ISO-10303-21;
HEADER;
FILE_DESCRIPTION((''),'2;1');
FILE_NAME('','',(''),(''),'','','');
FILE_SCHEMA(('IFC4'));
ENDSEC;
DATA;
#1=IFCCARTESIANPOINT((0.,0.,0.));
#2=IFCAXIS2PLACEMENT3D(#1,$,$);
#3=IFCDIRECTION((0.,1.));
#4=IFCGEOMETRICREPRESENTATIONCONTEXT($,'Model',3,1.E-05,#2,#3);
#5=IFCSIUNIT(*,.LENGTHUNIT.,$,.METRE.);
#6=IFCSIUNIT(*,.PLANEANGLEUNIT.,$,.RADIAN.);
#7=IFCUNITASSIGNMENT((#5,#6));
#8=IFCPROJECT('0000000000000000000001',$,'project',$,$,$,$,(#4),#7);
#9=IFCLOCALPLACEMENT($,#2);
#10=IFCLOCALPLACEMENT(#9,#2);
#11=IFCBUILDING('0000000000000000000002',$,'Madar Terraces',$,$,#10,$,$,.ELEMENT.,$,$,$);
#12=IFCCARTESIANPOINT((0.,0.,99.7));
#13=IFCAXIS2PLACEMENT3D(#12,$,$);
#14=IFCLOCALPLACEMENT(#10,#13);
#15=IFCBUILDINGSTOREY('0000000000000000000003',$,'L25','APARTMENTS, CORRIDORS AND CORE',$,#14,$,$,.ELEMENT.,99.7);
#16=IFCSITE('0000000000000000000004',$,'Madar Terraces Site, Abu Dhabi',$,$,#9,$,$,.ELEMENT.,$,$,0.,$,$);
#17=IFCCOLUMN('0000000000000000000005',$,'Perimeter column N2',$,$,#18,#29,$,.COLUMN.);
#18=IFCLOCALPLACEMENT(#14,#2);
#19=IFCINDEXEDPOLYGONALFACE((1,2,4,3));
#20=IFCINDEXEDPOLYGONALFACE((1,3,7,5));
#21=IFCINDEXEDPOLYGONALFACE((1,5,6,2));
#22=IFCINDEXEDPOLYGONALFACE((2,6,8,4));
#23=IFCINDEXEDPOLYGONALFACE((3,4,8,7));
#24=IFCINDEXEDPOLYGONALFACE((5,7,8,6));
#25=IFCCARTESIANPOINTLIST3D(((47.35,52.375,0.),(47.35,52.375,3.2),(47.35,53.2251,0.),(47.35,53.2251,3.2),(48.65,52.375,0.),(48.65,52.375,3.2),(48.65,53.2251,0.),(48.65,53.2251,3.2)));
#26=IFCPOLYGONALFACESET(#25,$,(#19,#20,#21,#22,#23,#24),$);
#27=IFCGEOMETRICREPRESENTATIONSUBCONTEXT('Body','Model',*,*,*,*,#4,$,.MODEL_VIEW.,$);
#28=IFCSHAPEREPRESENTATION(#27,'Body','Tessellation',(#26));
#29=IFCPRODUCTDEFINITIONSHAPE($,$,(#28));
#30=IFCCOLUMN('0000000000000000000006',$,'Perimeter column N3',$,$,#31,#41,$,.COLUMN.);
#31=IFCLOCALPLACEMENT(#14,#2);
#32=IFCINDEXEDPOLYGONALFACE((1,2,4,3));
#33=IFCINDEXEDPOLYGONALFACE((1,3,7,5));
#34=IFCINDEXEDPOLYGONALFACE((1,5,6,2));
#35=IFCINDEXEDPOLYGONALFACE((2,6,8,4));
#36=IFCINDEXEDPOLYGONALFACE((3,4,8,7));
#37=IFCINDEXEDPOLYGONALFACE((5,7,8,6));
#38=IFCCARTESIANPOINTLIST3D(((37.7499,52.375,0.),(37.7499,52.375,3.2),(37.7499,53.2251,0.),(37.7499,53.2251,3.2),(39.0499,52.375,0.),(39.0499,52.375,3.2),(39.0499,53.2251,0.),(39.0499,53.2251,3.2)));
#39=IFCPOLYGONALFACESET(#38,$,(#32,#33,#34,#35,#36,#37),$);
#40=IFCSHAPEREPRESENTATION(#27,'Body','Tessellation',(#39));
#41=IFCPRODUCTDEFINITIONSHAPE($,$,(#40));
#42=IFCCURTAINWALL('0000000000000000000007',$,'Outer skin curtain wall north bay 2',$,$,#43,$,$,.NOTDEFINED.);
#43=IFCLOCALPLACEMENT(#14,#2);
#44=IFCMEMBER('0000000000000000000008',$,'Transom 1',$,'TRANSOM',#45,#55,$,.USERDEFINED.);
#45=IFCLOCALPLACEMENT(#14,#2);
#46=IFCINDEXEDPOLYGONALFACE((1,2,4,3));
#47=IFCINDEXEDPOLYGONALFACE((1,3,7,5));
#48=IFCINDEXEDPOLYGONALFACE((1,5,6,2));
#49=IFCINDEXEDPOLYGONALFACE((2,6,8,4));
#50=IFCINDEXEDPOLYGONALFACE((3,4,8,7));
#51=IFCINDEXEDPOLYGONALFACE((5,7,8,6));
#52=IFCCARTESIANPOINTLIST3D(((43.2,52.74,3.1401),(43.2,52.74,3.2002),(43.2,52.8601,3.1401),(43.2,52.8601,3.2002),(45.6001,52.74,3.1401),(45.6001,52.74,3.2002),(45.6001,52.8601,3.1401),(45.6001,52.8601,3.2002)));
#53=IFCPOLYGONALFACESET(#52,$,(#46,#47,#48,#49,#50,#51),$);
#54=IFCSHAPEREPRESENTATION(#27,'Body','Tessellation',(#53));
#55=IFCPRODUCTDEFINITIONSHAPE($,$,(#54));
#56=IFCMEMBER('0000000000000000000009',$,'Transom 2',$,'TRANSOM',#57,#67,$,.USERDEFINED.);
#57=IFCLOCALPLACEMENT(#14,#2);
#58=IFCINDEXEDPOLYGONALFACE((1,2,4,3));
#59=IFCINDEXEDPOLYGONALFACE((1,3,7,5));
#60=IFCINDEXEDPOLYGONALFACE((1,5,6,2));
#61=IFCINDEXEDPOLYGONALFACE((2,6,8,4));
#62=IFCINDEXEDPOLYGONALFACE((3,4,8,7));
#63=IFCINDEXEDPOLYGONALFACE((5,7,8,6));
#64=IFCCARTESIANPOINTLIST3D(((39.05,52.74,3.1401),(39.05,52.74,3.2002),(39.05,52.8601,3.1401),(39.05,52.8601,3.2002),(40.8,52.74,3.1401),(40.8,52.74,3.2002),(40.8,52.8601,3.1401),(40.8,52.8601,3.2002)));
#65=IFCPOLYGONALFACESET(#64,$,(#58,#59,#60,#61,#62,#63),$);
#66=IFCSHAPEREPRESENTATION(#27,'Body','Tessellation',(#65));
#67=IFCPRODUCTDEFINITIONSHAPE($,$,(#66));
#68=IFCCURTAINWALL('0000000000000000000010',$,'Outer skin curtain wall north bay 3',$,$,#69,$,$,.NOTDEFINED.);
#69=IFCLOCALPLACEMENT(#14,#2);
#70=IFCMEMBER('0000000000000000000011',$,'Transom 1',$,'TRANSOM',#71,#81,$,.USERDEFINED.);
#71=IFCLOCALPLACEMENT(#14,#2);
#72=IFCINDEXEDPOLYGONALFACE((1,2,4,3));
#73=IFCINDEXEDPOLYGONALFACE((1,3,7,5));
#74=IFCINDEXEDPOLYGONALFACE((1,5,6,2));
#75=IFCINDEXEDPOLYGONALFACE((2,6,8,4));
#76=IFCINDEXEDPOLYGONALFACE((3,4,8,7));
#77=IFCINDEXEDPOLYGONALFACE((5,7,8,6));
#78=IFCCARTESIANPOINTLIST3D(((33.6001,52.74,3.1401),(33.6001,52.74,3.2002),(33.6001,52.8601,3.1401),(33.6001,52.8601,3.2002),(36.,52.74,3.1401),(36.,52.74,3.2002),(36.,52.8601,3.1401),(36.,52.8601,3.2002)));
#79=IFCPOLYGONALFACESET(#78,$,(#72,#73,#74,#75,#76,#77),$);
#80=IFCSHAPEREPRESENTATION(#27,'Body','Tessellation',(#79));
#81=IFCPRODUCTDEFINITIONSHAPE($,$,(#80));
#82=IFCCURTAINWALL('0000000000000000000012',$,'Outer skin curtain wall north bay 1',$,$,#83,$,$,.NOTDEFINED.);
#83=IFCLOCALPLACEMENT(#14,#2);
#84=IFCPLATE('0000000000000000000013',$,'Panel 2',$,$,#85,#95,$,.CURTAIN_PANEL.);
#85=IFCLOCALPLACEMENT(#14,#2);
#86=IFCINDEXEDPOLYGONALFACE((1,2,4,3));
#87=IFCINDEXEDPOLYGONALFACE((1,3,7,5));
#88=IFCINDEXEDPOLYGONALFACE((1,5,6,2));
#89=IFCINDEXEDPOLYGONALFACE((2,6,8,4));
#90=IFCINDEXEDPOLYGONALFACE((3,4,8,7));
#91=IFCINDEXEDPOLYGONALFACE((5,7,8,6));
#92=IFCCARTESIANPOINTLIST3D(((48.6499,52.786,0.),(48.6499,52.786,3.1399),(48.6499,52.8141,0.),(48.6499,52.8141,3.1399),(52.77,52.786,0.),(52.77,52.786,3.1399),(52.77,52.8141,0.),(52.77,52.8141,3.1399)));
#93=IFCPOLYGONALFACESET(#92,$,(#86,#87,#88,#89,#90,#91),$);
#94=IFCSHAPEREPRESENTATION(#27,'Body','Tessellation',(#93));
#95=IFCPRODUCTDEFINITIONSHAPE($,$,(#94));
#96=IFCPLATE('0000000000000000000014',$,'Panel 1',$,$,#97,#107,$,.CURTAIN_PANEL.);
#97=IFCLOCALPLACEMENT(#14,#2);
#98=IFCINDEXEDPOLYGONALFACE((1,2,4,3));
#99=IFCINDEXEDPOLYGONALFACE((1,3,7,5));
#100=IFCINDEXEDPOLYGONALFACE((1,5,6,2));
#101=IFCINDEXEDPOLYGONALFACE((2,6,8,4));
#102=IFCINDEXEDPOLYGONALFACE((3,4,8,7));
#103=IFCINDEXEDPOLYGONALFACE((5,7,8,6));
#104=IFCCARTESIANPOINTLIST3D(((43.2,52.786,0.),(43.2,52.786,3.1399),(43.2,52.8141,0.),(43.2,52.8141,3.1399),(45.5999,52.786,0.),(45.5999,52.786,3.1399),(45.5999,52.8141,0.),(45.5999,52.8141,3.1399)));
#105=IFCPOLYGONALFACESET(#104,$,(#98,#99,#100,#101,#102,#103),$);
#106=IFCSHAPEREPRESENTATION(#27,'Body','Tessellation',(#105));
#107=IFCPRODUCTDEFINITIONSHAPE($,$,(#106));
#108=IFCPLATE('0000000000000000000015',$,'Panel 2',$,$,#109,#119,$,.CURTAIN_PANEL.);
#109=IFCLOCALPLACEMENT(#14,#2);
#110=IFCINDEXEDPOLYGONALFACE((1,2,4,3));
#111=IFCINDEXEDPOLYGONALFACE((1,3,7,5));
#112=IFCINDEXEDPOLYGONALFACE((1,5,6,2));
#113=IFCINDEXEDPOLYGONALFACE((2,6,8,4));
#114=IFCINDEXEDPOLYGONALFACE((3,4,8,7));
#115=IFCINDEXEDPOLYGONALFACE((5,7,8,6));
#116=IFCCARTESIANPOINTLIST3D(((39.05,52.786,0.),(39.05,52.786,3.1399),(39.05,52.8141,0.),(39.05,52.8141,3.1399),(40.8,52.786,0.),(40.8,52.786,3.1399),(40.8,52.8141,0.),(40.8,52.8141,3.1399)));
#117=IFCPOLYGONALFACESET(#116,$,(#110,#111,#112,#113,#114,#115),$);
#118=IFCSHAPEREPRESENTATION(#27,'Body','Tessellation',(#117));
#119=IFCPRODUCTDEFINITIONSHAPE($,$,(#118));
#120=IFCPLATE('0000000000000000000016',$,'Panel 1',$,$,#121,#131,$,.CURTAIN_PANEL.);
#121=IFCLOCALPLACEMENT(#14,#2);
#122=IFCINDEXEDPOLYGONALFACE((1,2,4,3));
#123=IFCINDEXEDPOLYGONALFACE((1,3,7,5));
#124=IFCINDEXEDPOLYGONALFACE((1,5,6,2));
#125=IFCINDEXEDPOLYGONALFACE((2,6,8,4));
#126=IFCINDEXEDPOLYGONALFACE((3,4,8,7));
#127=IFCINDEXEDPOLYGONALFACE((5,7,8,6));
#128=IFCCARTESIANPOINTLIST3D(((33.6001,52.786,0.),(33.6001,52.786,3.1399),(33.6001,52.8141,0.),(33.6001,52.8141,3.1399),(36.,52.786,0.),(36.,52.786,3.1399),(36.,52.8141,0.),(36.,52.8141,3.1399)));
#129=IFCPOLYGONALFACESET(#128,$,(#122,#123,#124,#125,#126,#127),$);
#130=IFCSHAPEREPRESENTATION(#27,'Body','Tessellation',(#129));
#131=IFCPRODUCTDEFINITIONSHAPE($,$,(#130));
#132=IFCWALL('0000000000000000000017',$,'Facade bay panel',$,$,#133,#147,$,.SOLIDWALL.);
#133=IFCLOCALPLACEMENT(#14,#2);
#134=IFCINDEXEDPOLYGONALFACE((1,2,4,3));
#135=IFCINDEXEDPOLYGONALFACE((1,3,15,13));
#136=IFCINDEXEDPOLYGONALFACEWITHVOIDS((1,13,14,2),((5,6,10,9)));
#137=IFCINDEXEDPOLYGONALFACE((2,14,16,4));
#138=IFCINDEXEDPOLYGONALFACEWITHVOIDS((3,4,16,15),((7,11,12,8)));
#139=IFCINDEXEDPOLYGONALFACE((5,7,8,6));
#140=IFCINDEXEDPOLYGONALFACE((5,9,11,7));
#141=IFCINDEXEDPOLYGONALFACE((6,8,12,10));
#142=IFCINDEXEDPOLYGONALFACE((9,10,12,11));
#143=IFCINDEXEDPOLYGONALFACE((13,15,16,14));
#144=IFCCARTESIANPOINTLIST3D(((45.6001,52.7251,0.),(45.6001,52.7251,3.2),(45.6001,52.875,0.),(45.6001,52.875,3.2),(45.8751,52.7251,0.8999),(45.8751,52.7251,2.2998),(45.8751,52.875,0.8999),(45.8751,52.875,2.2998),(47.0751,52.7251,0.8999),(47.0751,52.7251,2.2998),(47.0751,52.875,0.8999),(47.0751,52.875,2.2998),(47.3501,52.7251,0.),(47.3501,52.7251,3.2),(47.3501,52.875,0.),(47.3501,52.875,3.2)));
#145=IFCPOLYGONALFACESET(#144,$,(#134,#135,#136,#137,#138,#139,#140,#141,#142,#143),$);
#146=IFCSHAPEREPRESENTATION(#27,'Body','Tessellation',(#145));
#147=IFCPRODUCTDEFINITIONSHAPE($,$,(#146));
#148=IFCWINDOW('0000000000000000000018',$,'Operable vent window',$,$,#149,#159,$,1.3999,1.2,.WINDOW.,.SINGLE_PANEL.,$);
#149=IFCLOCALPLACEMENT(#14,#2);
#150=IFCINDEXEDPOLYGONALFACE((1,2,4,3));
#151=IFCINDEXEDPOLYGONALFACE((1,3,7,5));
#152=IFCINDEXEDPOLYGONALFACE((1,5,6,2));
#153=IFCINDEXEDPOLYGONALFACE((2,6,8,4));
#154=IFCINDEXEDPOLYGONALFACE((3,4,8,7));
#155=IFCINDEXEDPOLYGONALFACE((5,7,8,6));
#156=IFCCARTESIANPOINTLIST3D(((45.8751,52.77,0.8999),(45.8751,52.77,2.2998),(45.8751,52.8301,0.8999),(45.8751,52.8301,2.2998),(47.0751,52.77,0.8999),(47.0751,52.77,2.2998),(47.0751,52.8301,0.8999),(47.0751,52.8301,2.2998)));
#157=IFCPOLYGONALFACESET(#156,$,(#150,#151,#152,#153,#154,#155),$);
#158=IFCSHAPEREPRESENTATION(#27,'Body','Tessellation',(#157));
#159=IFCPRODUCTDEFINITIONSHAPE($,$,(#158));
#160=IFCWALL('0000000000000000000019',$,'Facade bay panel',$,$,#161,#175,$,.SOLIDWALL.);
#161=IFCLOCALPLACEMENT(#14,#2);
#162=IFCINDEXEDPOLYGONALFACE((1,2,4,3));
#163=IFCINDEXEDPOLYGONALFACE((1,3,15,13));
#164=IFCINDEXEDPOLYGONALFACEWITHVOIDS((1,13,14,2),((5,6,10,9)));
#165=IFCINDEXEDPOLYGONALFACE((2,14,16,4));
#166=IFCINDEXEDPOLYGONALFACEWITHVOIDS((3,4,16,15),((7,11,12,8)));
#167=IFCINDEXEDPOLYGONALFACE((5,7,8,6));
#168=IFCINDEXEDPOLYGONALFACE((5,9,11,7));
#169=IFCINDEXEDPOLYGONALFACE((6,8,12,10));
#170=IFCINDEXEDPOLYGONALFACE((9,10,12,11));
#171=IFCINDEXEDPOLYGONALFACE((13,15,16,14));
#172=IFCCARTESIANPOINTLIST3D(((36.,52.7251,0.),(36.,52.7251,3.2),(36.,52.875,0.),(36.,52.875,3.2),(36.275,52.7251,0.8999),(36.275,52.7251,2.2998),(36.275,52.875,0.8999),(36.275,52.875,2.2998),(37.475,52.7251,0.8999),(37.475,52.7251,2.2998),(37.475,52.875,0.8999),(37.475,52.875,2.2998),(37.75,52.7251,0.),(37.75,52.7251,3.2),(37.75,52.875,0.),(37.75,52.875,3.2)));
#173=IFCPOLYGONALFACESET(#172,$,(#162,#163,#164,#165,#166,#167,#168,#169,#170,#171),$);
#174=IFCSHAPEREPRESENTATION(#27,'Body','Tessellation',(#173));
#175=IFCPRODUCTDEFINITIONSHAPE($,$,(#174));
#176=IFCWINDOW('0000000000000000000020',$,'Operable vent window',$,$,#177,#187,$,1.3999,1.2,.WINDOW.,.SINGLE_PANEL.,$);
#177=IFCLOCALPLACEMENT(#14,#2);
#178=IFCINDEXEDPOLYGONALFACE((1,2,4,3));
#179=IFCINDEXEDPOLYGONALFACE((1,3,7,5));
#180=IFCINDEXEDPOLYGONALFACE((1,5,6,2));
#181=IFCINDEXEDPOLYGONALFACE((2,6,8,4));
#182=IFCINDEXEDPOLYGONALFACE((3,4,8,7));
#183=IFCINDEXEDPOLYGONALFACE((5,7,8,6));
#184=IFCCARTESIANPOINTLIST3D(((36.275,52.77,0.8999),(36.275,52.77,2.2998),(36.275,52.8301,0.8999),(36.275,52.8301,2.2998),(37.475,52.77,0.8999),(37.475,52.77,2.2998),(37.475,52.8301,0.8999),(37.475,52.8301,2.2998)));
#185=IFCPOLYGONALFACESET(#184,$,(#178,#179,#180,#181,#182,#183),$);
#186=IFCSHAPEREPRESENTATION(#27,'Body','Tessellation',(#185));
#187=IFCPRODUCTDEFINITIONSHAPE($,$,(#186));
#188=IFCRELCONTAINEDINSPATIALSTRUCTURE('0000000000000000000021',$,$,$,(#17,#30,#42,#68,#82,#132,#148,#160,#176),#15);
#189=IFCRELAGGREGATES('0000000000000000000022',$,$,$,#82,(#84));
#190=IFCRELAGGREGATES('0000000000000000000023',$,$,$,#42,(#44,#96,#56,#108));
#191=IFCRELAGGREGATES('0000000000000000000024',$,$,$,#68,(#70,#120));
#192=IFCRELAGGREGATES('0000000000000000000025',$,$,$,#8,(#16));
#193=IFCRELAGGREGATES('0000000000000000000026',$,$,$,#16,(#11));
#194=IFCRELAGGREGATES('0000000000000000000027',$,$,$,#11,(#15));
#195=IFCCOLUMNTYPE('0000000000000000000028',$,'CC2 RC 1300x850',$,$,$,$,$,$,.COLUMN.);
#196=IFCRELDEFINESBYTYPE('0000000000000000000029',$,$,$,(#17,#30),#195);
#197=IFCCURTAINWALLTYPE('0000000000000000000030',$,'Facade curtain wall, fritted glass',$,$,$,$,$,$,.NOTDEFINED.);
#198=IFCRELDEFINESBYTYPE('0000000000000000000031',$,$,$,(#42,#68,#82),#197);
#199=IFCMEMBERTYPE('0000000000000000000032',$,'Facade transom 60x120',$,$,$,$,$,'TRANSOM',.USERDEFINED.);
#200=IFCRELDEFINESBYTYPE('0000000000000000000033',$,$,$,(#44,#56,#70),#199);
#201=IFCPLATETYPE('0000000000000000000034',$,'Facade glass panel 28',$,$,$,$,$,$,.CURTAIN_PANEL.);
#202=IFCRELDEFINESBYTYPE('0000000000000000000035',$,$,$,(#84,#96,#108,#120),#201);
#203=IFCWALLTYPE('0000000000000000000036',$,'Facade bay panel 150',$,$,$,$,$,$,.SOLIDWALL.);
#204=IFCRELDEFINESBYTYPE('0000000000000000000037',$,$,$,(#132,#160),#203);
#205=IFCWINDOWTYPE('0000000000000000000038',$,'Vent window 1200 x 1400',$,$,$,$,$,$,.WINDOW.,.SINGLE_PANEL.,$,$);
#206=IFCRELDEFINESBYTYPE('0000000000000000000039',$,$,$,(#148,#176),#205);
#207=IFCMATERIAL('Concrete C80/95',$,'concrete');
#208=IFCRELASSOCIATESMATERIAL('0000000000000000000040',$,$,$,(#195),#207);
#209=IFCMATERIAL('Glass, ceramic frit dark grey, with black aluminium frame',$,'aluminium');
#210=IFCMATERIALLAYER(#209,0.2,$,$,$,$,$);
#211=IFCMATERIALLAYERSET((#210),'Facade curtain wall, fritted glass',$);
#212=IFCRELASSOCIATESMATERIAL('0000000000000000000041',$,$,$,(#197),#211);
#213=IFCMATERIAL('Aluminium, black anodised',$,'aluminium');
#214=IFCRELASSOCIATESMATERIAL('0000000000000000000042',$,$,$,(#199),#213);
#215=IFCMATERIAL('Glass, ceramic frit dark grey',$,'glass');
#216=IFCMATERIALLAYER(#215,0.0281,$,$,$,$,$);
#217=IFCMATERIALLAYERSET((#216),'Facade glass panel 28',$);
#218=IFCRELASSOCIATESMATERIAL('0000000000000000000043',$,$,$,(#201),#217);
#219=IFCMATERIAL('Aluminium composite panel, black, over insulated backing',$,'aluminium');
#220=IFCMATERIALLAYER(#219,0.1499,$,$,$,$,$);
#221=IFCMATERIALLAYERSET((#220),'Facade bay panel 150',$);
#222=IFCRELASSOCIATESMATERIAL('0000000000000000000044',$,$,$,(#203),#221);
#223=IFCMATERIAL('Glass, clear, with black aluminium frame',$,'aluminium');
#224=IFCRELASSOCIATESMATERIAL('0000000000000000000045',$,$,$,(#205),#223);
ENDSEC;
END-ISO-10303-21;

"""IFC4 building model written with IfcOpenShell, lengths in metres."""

from ifc_helpers import new_model, si_unit, direction, frame, frame_2d, origin, origin_2d, place, context, subcontext, project, spatial, rectangle, extrude, material, layer, layer_set, material_profile, profile_set, type_object, element, fill, aggregate, save


model = new_model("IFC4")

# Units and contexts
model_context = context("Model", 3, precision=1e-05, world=origin(), true_north=direction((0.0, 1.0)))
body_context = subcontext(model_context, "Body", "Model", "MODEL_VIEW")
ifc_project = project(units=[si_unit("LENGTHUNIT", "METRE"), si_unit("PLANEANGLEUNIT", "RADIAN")], contexts=[model_context])

# Site, building, storey
site_placement = place(None, origin())
site = spatial("IfcSite", under=ifc_project, at=site_placement, Name="Madar Terraces Site, Abu Dhabi", CompositionType="ELEMENT", RefElevation=0.0)
building_placement = place(site_placement, origin())
building = spatial("IfcBuilding", under=site, at=building_placement, Name="Madar Terraces", CompositionType="ELEMENT")
storey_placement = place(building_placement, frame((0.0, 0.0, 99.7)))
storey = spatial("IfcBuildingStorey", under=building, at=storey_placement, Name="L25", Description="APARTMENTS, CORRIDORS AND CORE", CompositionType="ELEMENT", Elevation=99.7)

# Columns
ifc_material_1 = material(Name="Concrete C80/95", Category="concrete")
ifc_material_profile_1 = material_profile(ifc_material_1, rectangle(XDim=1.3, YDim=0.8501, at=origin_2d()), Name="CC2 RC 1300x850")
ifc_profile_set_1 = profile_set([ifc_material_profile_1], Name="Concrete C80/95")
column_type = type_object("IfcColumnType", Name="CC2 RC 1300x850", PredefinedType="COLUMN", material=ifc_profile_set_1)
for number, where, z_axis, x_axis, name in (
    (1, (48.0, 52.8, 0.0), (0.0, 0.0, 1.0), (1.0, 0.0, 0.0), "Perimeter column N2"),
    (2, (38.3999, 52.8, 0.0), (0.0, 0.0, 1.0), (1.0, 0.0, 0.0), "Perimeter column N3"),
):
    element("IfcColumn", number, at=place(storey_placement, frame(where, z_axis=z_axis, x_axis=x_axis)), inside=storey, type_object=column_type, Name=name, PredefinedType="COLUMN", context=body_context, shape_type="SweptSolid", body=[
        extrude(rectangle(XDim=1.3, YDim=0.8501, at=origin_2d()), origin(), (0.0, 0.0, 1.0), 3.2),
    ])

# Curtain wall, members
ifc_material_2 = material(Name="Glass, ceramic frit dark grey, with black aluminium frame", Category="aluminium")
ifc_layer_1 = layer(ifc_material_2, 0.2)
ifc_layer_set_1 = layer_set([ifc_layer_1], Name="Facade curtain wall, fritted glass")
curtain_wall_type = type_object("IfcCurtainWallType", Name="Facade curtain wall, fritted glass", PredefinedType="NOTDEFINED", material=ifc_layer_set_1)
curtain_wall_1_placement = place(storey_placement, origin())
curtain_wall_1 = element("IfcCurtainWall", 3, at=curtain_wall_1_placement, inside=storey, type_object=curtain_wall_type, Name="Outer skin curtain wall north bay 2", PredefinedType="NOTDEFINED")
ifc_material_3 = material(Name="Aluminium, black anodised", Category="aluminium")
ifc_material_profile_2 = material_profile(ifc_material_3, rectangle(XDim=0.1201, YDim=0.0601, at=origin_2d()), Name="Facade transom 60x120")
ifc_profile_set_2 = profile_set([ifc_material_profile_2], Name="Aluminium, black anodised")
member_type = type_object("IfcMemberType", Name="Facade transom 60x120", ElementType="TRANSOM", PredefinedType="USERDEFINED", material=ifc_profile_set_2)
member_1_placement = place(storey_placement, frame((45.6001, 52.8, 3.1702), z_axis=(-1.0, 0.0, 0.0), x_axis=(0.0, -1.0, 0.0)))
member_1 = element("IfcMember", 4, at=member_1_placement, type_object=member_type, Name="Transom 1", ObjectType="TRANSOM", PredefinedType="USERDEFINED", context=body_context, shape_type="SweptSolid", body=[
    extrude(rectangle(XDim=0.1201, YDim=0.0601, at=origin_2d()), origin(), (0.0, 0.0, 1.0), 2.4001),
])
member_2_placement = place(storey_placement, frame((40.8, 52.8, 3.1702), z_axis=(-1.0, 0.0, 0.0), x_axis=(0.0, -1.0, 0.0)))
member_2 = element("IfcMember", 5, at=member_2_placement, type_object=member_type, Name="Transom 2", ObjectType="TRANSOM", PredefinedType="USERDEFINED", context=body_context, shape_type="SweptSolid", body=[
    extrude(rectangle(XDim=0.1201, YDim=0.0601, at=origin_2d()), origin(), (0.0, 0.0, 1.0), 1.75),
])

# Curtain wall, member
curtain_wall_2_placement = place(storey_placement, origin())
curtain_wall_2 = element("IfcCurtainWall", 6, at=curtain_wall_2_placement, inside=storey, type_object=curtain_wall_type, Name="Outer skin curtain wall north bay 3", PredefinedType="NOTDEFINED")
member_3_placement = place(storey_placement, frame((36.0, 52.8, 3.1702), z_axis=(-1.0, 0.0, 0.0), x_axis=(0.0, -1.0, 0.0)))
member_3 = element("IfcMember", 7, at=member_3_placement, type_object=member_type, Name="Transom 1", ObjectType="TRANSOM", PredefinedType="USERDEFINED", context=body_context, shape_type="SweptSolid", body=[
    extrude(rectangle(XDim=0.1201, YDim=0.0601, at=origin_2d()), origin(), (0.0, 0.0, 1.0), 2.3999),
])

# Curtain wall, plate
curtain_wall_3_placement = place(storey_placement, origin())
curtain_wall_3 = element("IfcCurtainWall", 8, at=curtain_wall_3_placement, inside=storey, type_object=curtain_wall_type, Name="Outer skin curtain wall north bay 1", PredefinedType="NOTDEFINED")
ifc_material_4 = material(Name="Glass, ceramic frit dark grey", Category="glass")
ifc_layer_2 = layer(ifc_material_4, 0.0281)
ifc_layer_set_2 = layer_set([ifc_layer_2], Name="Facade glass panel 28")
plate_type = type_object("IfcPlateType", Name="Facade glass panel 28", PredefinedType="CURTAIN_PANEL", material=ifc_layer_set_2)
plate_1_placement = place(storey_placement, frame((50.71, 52.8, 0.0), z_axis=(0.0, 0.0, 1.0), x_axis=(-1.0, 0.0, 0.0)))
plate_1 = element("IfcPlate", 9, at=plate_1_placement, type_object=plate_type, Name="Panel 2", PredefinedType="CURTAIN_PANEL", context=body_context, shape_type="SweptSolid", body=[
    extrude(rectangle(XDim=4.1201, YDim=0.0281, at=origin_2d()), origin(), (0.0, 0.0, 1.0), 3.1399),
])
aggregate(curtain_wall_3, [plate_1])

# Plates
plate_2_placement = place(storey_placement, frame((44.3999, 52.8, 0.0), z_axis=(0.0, 0.0, 1.0), x_axis=(-1.0, 0.0, 0.0)))
plate_2 = element("IfcPlate", 10, at=plate_2_placement, type_object=plate_type, Name="Panel 1", PredefinedType="CURTAIN_PANEL", context=body_context, shape_type="SweptSolid", body=[
    extrude(rectangle(XDim=2.3999, YDim=0.0281, at=origin_2d()), origin(), (0.0, 0.0, 1.0), 3.1399),
])
plate_3_placement = place(storey_placement, frame((39.925, 52.8, 0.0), z_axis=(0.0, 0.0, 1.0), x_axis=(-1.0, 0.0, 0.0)))
plate_3 = element("IfcPlate", 11, at=plate_3_placement, type_object=plate_type, Name="Panel 2", PredefinedType="CURTAIN_PANEL", context=body_context, shape_type="SweptSolid", body=[
    extrude(rectangle(XDim=1.75, YDim=0.0281, at=origin_2d()), origin(), (0.0, 0.0, 1.0), 3.1399),
])
aggregate(curtain_wall_1, [member_1, plate_2, member_2, plate_3])
plate_4_placement = place(storey_placement, frame((34.8, 52.8, 0.0), z_axis=(0.0, 0.0, 1.0), x_axis=(-1.0, 0.0, 0.0)))
plate_4 = element("IfcPlate", 12, at=plate_4_placement, type_object=plate_type, Name="Panel 1", PredefinedType="CURTAIN_PANEL", context=body_context, shape_type="SweptSolid", body=[
    extrude(rectangle(XDim=2.3999, YDim=0.0281, at=origin_2d()), origin(), (0.0, 0.0, 1.0), 3.1399),
])
aggregate(curtain_wall_2, [member_3, plate_4])

# Wall, opening, window
ifc_material_5 = material(Name="Aluminium composite panel, black, over insulated backing", Category="aluminium")
ifc_layer_3 = layer(ifc_material_5, 0.1499)
ifc_layer_set_3 = layer_set([ifc_layer_3], Name="Facade bay panel 150")
wall_type_1 = type_object("IfcWallType", Name="Facade bay panel 150", PredefinedType="SOLIDWALL", material=ifc_layer_set_3)
wall_1_placement = place(storey_placement, frame((47.3501, 52.8, 0.0), z_axis=(0.0, 0.0, 1.0), x_axis=(-1.0, 0.0, 0.0)))
wall_1 = element("IfcWall", 13, at=wall_1_placement, inside=storey, type_object=wall_type_1, Name="Facade bay panel", PredefinedType="SOLIDWALL", context=body_context, shape_type="SweptSolid", body=[
    extrude(rectangle(XDim=1.75, YDim=0.1499, at=frame_2d((0.875, 0.0))), origin(), (0.0, 0.0, 1.0), 3.2),
])
opening_1_placement = place(wall_1_placement, frame((0.2749, 0.0, 0.8999)))
opening_1 = element("IfcOpeningElement", 14, at=opening_1_placement, cuts=wall_1, PredefinedType="OPENING", context=body_context, shape_type="SweptSolid", body=[
    extrude(rectangle(XDim=1.2, YDim=1.3999, at=frame_2d((0.6001, 0.7))), frame((0.0, 0.085, 0.0), z_axis=(0.0, -1.0, 0.0), x_axis=(1.0, 0.0, 0.0)), (0.0, 0.0, 1.0), 0.1699),
])
ifc_material_6 = material(Name="Glass, clear, with black aluminium frame", Category="aluminium")
window_type = type_object("IfcWindowType", Name="Vent window 1200 x 1400", PartitioningType="SINGLE_PANEL", PredefinedType="WINDOW", material=ifc_material_6)
window_1_placement = place(opening_1_placement, origin())
window_1 = element("IfcWindow", 15, at=window_1_placement, inside=storey, type_object=window_type, Name="Operable vent window", OverallHeight=1.3999, OverallWidth=1.2, PartitioningType="SINGLE_PANEL", PredefinedType="WINDOW", context=body_context, shape_type="SweptSolid", body=[
    extrude(rectangle(XDim=1.2, YDim=1.3999, at=frame_2d((0.6001, 0.7))), frame((0.0, 0.03, 0.0), z_axis=(0.0, -1.0, 0.0), x_axis=(1.0, 0.0, 0.0)), (0.0, 0.0, 1.0), 0.0601),
])
fill(opening_1, window_1)

# Wall, opening, window
wall_2_placement = place(storey_placement, frame((37.75, 52.8, 0.0), z_axis=(0.0, 0.0, 1.0), x_axis=(-1.0, 0.0, 0.0)))
wall_2 = element("IfcWall", 16, at=wall_2_placement, inside=storey, type_object=wall_type_1, Name="Facade bay panel", PredefinedType="SOLIDWALL", context=body_context, shape_type="SweptSolid", body=[
    extrude(rectangle(XDim=1.75, YDim=0.1499, at=frame_2d((0.875, 0.0))), origin(), (0.0, 0.0, 1.0), 3.2),
])
opening_2_placement = place(wall_2_placement, frame((0.2749, 0.0, 0.8999)))
opening_2 = element("IfcOpeningElement", 17, at=opening_2_placement, cuts=wall_2, PredefinedType="OPENING", context=body_context, shape_type="SweptSolid", body=[
    extrude(rectangle(XDim=1.2, YDim=1.3999, at=frame_2d((0.6001, 0.7))), frame((0.0, 0.085, 0.0), z_axis=(0.0, -1.0, 0.0), x_axis=(1.0, 0.0, 0.0)), (0.0, 0.0, 1.0), 0.1699),
])
window_2_placement = place(opening_2_placement, origin())
window_2 = element("IfcWindow", 18, at=window_2_placement, inside=storey, type_object=window_type, Name="Operable vent window", OverallHeight=1.3999, OverallWidth=1.2, PartitioningType="SINGLE_PANEL", PredefinedType="WINDOW", context=body_context, shape_type="SweptSolid", body=[
    extrude(rectangle(XDim=1.2, YDim=1.3999, at=frame_2d((0.6001, 0.7))), frame((0.0, 0.03, 0.0), z_axis=(0.0, -1.0, 0.0), x_axis=(1.0, 0.0, 0.0)), (0.0, 0.0, 1.0), 0.0601),
])
fill(opening_2, window_2)

save(model, "model.ifc")
